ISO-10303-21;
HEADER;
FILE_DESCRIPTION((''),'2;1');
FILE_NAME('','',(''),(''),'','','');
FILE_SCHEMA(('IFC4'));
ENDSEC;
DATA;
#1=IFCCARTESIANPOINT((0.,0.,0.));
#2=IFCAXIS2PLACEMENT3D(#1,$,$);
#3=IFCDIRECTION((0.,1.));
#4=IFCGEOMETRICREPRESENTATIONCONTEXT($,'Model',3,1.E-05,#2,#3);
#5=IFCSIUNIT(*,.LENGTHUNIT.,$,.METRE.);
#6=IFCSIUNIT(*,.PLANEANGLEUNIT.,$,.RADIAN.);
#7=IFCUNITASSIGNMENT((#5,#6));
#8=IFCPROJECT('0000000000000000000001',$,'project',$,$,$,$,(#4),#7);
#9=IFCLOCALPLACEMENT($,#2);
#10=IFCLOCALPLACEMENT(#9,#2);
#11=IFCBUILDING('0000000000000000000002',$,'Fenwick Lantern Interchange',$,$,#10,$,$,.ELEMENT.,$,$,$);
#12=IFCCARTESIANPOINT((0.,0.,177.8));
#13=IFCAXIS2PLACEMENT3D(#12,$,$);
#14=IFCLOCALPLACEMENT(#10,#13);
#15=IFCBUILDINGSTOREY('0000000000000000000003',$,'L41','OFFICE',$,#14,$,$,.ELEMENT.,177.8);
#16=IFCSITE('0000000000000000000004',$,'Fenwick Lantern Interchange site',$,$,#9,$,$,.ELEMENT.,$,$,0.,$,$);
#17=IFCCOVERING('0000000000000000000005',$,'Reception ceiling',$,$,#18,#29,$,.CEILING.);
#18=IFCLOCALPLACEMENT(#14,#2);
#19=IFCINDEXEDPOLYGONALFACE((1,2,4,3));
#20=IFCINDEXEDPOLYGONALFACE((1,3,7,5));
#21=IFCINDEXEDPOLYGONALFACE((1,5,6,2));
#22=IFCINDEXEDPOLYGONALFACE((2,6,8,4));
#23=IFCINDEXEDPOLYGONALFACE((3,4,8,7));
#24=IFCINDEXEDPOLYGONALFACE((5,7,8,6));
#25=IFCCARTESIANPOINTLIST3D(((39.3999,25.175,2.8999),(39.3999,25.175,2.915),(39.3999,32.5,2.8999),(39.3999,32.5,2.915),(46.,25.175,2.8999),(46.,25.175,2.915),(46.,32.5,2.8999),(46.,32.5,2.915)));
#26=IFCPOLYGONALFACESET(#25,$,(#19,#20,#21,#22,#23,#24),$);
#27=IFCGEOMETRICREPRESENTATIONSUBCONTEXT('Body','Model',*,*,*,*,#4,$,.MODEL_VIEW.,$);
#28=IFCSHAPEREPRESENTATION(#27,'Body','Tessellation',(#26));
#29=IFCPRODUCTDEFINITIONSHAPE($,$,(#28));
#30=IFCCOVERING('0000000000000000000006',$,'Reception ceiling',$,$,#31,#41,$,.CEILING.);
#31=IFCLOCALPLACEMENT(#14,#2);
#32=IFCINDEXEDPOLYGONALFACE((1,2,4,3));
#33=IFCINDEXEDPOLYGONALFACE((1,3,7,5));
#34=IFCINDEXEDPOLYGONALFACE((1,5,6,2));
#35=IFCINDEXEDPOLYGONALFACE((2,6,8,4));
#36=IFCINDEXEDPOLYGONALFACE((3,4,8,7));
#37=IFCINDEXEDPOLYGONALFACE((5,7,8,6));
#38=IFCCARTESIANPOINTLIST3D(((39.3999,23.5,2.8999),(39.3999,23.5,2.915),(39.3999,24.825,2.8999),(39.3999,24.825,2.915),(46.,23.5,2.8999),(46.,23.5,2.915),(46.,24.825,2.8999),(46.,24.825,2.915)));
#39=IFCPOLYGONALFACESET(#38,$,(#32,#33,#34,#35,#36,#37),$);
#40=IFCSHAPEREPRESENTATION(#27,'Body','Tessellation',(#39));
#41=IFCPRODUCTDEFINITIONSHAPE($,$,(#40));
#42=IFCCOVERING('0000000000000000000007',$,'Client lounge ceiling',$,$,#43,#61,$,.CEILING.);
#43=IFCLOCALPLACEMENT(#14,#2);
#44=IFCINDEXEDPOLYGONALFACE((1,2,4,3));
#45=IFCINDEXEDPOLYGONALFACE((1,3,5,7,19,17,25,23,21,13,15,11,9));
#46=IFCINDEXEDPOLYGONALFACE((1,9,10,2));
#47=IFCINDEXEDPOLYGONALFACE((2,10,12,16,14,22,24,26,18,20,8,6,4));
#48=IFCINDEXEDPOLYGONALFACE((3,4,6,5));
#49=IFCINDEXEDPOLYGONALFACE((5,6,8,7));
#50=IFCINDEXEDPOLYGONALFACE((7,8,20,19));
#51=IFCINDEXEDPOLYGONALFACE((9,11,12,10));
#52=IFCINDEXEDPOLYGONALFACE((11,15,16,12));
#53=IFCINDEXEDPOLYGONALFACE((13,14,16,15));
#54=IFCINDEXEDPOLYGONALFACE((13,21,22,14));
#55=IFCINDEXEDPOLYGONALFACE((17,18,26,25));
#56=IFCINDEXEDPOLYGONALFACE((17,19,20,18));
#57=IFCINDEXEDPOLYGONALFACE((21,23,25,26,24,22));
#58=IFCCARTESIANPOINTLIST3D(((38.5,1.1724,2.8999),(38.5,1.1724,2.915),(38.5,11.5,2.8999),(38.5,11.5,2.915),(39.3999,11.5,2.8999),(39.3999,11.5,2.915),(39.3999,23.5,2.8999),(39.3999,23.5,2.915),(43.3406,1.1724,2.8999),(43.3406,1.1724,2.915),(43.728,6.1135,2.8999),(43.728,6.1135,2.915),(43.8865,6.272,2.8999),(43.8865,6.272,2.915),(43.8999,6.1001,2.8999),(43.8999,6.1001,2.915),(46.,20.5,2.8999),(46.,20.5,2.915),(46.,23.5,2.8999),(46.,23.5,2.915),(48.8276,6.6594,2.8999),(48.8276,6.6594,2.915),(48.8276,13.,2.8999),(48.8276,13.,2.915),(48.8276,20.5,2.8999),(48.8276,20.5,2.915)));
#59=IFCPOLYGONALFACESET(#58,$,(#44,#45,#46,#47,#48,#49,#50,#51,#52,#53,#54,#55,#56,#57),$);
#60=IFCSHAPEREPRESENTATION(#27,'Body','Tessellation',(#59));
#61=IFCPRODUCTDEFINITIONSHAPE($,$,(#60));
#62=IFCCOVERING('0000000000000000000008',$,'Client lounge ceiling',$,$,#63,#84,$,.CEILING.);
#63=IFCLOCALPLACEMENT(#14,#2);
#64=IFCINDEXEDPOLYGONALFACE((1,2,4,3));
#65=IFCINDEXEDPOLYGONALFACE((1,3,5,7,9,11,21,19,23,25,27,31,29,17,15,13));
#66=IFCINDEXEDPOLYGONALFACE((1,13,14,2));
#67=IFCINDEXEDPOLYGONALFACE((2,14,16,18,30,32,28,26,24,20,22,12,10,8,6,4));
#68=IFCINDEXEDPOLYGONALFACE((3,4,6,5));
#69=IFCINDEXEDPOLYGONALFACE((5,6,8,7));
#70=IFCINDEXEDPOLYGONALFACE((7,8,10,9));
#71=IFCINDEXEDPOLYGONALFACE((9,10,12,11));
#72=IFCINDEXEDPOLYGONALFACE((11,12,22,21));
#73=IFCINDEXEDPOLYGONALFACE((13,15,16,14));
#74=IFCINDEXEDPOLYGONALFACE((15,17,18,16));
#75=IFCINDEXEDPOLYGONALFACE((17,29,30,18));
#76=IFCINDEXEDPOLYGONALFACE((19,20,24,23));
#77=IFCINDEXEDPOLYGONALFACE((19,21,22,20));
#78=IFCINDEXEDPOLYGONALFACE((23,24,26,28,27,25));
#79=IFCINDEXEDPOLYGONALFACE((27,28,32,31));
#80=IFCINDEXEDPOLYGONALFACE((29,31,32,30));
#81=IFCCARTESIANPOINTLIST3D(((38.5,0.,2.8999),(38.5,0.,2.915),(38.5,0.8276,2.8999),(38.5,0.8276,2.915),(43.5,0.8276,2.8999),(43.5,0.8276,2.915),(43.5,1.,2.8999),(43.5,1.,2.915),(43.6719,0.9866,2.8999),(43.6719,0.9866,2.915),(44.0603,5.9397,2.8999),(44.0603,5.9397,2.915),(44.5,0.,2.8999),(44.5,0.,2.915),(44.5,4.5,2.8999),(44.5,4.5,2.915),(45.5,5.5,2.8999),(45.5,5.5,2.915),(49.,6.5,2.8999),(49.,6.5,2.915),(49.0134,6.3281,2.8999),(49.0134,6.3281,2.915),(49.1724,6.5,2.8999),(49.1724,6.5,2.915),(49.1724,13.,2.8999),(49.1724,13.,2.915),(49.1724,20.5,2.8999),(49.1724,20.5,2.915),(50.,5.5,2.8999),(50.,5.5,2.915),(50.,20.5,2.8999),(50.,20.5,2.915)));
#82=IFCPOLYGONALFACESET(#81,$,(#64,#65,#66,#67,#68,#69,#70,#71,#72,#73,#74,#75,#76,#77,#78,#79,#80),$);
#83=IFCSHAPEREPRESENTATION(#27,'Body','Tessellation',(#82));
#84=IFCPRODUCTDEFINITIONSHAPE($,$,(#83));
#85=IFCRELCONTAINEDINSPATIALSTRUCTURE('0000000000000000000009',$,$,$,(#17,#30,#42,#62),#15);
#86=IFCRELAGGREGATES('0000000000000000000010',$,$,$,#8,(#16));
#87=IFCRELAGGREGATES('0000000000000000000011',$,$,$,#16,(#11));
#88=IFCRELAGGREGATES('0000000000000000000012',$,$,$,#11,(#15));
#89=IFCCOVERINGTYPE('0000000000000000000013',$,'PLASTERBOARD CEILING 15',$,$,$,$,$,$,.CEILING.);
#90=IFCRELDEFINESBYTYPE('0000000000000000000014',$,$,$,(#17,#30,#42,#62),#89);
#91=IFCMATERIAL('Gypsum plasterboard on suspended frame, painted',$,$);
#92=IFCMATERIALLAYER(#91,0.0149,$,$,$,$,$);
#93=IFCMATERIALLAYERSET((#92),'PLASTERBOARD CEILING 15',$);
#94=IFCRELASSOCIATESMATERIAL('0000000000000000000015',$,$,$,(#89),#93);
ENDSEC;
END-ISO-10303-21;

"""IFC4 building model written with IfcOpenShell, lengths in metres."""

from ifc_helpers import new_model, si_unit, direction, frame, origin, place, context, subcontext, project, spatial, polyline, outline, extrude, material, layer, layer_set, type_object, element, save


model = new_model("IFC4")

# Units and contexts
model_context = context("Model", 3, precision=1e-05, world=origin(), true_north=direction((0.0, 1.0)))
body_context = subcontext(model_context, "Body", "Model", "MODEL_VIEW")
ifc_project = project(units=[si_unit("LENGTHUNIT", "METRE"), si_unit("PLANEANGLEUNIT", "RADIAN")], contexts=[model_context])

# Site, building, storey
site_placement = place(None, origin())
site = spatial("IfcSite", under=ifc_project, at=site_placement, Name="Fenwick Lantern Interchange site", CompositionType="ELEMENT", RefElevation=0.0)
building_placement = place(site_placement, origin())
building = spatial("IfcBuilding", under=site, at=building_placement, Name="Fenwick Lantern Interchange", CompositionType="ELEMENT")
storey_placement = place(building_placement, frame((0.0, 0.0, 177.8)))
storey = spatial("IfcBuildingStorey", under=building, at=storey_placement, Name="L41", Description="OFFICE", CompositionType="ELEMENT", Elevation=177.8)

# Coverings
ifc_material_1 = material(Name="Gypsum plasterboard on suspended frame, painted")
ifc_layer_1 = layer(ifc_material_1, 0.0149)
ifc_layer_set_1 = layer_set([ifc_layer_1], Name="PLASTERBOARD CEILING 15")
covering_type_1 = type_object("IfcCoveringType", Name="PLASTERBOARD CEILING 15", PredefinedType="CEILING", material=ifc_layer_set_1)
covering_1_placement = place(storey_placement, frame((0.0, 0.0, 2.8999)))
element("IfcCovering", 1, at=covering_1_placement, inside=storey, type_object=covering_type_1, Name="Reception ceiling", PredefinedType="CEILING", context=body_context, shape_type="SweptSolid", body=[
    extrude(outline(polyline([(39.3999, 32.5), (39.3999, 25.175), (46.0, 25.175), (46.0, 32.5), (39.3999, 32.5)])), origin(), (0.0, 0.0, 1.0), 0.0151),
])
covering_2_placement = place(storey_placement, frame((0.0, 0.0, 2.8999)))
element("IfcCovering", 2, at=covering_2_placement, inside=storey, type_object=covering_type_1, Name="Reception ceiling", PredefinedType="CEILING", context=body_context, shape_type="SweptSolid", body=[
    extrude(outline(polyline([(39.3999, 23.5), (46.0, 23.5), (46.0, 24.825), (39.3999, 24.825), (39.3999, 23.5)])), origin(), (0.0, 0.0, 1.0), 0.0151),
])
covering_3_placement = place(storey_placement, frame((0.0, 0.0, 2.8999)))
element("IfcCovering", 3, at=covering_3_placement, inside=storey, type_object=covering_type_1, Name="Client lounge ceiling", PredefinedType="CEILING", context=body_context, shape_type="SweptSolid", body=[
    extrude(outline(polyline([(38.5, 11.5), (38.5, 1.1724), (43.3406, 1.1724), (43.728, 6.1135), (43.8999, 6.1001), (43.8865, 6.272), (48.8276, 6.6594), (48.8276, 13.0), (48.8276, 20.5), (46.0, 20.5), (46.0, 23.5), (39.3999, 23.5), (39.3999, 11.5), (38.5, 11.5)])), origin(), (0.0, 0.0, 1.0), 0.0151),
])
covering_4_placement = place(storey_placement, frame((0.0, 0.0, 2.8999)))
element("IfcCovering", 4, at=covering_4_placement, inside=storey, type_object=covering_type_1, Name="Client lounge ceiling", PredefinedType="CEILING", context=body_context, shape_type="SweptSolid", body=[
    extrude(outline(polyline([(50.0, 5.5), (50.0, 20.5), (49.1724, 20.5), (49.1724, 13.0), (49.1724, 6.5), (49.0, 6.5), (49.0134, 6.3281), (44.0603, 5.9397), (43.6719, 0.9866), (43.5, 1.0), (43.5, 0.8276), (38.5, 0.8276), (38.5, 0.0), (44.5, 0.0), (44.5, 4.5), (45.5, 5.5), (50.0, 5.5)])), origin(), (0.0, 0.0, 1.0), 0.0151),
])

save(model, "model.ifc")
